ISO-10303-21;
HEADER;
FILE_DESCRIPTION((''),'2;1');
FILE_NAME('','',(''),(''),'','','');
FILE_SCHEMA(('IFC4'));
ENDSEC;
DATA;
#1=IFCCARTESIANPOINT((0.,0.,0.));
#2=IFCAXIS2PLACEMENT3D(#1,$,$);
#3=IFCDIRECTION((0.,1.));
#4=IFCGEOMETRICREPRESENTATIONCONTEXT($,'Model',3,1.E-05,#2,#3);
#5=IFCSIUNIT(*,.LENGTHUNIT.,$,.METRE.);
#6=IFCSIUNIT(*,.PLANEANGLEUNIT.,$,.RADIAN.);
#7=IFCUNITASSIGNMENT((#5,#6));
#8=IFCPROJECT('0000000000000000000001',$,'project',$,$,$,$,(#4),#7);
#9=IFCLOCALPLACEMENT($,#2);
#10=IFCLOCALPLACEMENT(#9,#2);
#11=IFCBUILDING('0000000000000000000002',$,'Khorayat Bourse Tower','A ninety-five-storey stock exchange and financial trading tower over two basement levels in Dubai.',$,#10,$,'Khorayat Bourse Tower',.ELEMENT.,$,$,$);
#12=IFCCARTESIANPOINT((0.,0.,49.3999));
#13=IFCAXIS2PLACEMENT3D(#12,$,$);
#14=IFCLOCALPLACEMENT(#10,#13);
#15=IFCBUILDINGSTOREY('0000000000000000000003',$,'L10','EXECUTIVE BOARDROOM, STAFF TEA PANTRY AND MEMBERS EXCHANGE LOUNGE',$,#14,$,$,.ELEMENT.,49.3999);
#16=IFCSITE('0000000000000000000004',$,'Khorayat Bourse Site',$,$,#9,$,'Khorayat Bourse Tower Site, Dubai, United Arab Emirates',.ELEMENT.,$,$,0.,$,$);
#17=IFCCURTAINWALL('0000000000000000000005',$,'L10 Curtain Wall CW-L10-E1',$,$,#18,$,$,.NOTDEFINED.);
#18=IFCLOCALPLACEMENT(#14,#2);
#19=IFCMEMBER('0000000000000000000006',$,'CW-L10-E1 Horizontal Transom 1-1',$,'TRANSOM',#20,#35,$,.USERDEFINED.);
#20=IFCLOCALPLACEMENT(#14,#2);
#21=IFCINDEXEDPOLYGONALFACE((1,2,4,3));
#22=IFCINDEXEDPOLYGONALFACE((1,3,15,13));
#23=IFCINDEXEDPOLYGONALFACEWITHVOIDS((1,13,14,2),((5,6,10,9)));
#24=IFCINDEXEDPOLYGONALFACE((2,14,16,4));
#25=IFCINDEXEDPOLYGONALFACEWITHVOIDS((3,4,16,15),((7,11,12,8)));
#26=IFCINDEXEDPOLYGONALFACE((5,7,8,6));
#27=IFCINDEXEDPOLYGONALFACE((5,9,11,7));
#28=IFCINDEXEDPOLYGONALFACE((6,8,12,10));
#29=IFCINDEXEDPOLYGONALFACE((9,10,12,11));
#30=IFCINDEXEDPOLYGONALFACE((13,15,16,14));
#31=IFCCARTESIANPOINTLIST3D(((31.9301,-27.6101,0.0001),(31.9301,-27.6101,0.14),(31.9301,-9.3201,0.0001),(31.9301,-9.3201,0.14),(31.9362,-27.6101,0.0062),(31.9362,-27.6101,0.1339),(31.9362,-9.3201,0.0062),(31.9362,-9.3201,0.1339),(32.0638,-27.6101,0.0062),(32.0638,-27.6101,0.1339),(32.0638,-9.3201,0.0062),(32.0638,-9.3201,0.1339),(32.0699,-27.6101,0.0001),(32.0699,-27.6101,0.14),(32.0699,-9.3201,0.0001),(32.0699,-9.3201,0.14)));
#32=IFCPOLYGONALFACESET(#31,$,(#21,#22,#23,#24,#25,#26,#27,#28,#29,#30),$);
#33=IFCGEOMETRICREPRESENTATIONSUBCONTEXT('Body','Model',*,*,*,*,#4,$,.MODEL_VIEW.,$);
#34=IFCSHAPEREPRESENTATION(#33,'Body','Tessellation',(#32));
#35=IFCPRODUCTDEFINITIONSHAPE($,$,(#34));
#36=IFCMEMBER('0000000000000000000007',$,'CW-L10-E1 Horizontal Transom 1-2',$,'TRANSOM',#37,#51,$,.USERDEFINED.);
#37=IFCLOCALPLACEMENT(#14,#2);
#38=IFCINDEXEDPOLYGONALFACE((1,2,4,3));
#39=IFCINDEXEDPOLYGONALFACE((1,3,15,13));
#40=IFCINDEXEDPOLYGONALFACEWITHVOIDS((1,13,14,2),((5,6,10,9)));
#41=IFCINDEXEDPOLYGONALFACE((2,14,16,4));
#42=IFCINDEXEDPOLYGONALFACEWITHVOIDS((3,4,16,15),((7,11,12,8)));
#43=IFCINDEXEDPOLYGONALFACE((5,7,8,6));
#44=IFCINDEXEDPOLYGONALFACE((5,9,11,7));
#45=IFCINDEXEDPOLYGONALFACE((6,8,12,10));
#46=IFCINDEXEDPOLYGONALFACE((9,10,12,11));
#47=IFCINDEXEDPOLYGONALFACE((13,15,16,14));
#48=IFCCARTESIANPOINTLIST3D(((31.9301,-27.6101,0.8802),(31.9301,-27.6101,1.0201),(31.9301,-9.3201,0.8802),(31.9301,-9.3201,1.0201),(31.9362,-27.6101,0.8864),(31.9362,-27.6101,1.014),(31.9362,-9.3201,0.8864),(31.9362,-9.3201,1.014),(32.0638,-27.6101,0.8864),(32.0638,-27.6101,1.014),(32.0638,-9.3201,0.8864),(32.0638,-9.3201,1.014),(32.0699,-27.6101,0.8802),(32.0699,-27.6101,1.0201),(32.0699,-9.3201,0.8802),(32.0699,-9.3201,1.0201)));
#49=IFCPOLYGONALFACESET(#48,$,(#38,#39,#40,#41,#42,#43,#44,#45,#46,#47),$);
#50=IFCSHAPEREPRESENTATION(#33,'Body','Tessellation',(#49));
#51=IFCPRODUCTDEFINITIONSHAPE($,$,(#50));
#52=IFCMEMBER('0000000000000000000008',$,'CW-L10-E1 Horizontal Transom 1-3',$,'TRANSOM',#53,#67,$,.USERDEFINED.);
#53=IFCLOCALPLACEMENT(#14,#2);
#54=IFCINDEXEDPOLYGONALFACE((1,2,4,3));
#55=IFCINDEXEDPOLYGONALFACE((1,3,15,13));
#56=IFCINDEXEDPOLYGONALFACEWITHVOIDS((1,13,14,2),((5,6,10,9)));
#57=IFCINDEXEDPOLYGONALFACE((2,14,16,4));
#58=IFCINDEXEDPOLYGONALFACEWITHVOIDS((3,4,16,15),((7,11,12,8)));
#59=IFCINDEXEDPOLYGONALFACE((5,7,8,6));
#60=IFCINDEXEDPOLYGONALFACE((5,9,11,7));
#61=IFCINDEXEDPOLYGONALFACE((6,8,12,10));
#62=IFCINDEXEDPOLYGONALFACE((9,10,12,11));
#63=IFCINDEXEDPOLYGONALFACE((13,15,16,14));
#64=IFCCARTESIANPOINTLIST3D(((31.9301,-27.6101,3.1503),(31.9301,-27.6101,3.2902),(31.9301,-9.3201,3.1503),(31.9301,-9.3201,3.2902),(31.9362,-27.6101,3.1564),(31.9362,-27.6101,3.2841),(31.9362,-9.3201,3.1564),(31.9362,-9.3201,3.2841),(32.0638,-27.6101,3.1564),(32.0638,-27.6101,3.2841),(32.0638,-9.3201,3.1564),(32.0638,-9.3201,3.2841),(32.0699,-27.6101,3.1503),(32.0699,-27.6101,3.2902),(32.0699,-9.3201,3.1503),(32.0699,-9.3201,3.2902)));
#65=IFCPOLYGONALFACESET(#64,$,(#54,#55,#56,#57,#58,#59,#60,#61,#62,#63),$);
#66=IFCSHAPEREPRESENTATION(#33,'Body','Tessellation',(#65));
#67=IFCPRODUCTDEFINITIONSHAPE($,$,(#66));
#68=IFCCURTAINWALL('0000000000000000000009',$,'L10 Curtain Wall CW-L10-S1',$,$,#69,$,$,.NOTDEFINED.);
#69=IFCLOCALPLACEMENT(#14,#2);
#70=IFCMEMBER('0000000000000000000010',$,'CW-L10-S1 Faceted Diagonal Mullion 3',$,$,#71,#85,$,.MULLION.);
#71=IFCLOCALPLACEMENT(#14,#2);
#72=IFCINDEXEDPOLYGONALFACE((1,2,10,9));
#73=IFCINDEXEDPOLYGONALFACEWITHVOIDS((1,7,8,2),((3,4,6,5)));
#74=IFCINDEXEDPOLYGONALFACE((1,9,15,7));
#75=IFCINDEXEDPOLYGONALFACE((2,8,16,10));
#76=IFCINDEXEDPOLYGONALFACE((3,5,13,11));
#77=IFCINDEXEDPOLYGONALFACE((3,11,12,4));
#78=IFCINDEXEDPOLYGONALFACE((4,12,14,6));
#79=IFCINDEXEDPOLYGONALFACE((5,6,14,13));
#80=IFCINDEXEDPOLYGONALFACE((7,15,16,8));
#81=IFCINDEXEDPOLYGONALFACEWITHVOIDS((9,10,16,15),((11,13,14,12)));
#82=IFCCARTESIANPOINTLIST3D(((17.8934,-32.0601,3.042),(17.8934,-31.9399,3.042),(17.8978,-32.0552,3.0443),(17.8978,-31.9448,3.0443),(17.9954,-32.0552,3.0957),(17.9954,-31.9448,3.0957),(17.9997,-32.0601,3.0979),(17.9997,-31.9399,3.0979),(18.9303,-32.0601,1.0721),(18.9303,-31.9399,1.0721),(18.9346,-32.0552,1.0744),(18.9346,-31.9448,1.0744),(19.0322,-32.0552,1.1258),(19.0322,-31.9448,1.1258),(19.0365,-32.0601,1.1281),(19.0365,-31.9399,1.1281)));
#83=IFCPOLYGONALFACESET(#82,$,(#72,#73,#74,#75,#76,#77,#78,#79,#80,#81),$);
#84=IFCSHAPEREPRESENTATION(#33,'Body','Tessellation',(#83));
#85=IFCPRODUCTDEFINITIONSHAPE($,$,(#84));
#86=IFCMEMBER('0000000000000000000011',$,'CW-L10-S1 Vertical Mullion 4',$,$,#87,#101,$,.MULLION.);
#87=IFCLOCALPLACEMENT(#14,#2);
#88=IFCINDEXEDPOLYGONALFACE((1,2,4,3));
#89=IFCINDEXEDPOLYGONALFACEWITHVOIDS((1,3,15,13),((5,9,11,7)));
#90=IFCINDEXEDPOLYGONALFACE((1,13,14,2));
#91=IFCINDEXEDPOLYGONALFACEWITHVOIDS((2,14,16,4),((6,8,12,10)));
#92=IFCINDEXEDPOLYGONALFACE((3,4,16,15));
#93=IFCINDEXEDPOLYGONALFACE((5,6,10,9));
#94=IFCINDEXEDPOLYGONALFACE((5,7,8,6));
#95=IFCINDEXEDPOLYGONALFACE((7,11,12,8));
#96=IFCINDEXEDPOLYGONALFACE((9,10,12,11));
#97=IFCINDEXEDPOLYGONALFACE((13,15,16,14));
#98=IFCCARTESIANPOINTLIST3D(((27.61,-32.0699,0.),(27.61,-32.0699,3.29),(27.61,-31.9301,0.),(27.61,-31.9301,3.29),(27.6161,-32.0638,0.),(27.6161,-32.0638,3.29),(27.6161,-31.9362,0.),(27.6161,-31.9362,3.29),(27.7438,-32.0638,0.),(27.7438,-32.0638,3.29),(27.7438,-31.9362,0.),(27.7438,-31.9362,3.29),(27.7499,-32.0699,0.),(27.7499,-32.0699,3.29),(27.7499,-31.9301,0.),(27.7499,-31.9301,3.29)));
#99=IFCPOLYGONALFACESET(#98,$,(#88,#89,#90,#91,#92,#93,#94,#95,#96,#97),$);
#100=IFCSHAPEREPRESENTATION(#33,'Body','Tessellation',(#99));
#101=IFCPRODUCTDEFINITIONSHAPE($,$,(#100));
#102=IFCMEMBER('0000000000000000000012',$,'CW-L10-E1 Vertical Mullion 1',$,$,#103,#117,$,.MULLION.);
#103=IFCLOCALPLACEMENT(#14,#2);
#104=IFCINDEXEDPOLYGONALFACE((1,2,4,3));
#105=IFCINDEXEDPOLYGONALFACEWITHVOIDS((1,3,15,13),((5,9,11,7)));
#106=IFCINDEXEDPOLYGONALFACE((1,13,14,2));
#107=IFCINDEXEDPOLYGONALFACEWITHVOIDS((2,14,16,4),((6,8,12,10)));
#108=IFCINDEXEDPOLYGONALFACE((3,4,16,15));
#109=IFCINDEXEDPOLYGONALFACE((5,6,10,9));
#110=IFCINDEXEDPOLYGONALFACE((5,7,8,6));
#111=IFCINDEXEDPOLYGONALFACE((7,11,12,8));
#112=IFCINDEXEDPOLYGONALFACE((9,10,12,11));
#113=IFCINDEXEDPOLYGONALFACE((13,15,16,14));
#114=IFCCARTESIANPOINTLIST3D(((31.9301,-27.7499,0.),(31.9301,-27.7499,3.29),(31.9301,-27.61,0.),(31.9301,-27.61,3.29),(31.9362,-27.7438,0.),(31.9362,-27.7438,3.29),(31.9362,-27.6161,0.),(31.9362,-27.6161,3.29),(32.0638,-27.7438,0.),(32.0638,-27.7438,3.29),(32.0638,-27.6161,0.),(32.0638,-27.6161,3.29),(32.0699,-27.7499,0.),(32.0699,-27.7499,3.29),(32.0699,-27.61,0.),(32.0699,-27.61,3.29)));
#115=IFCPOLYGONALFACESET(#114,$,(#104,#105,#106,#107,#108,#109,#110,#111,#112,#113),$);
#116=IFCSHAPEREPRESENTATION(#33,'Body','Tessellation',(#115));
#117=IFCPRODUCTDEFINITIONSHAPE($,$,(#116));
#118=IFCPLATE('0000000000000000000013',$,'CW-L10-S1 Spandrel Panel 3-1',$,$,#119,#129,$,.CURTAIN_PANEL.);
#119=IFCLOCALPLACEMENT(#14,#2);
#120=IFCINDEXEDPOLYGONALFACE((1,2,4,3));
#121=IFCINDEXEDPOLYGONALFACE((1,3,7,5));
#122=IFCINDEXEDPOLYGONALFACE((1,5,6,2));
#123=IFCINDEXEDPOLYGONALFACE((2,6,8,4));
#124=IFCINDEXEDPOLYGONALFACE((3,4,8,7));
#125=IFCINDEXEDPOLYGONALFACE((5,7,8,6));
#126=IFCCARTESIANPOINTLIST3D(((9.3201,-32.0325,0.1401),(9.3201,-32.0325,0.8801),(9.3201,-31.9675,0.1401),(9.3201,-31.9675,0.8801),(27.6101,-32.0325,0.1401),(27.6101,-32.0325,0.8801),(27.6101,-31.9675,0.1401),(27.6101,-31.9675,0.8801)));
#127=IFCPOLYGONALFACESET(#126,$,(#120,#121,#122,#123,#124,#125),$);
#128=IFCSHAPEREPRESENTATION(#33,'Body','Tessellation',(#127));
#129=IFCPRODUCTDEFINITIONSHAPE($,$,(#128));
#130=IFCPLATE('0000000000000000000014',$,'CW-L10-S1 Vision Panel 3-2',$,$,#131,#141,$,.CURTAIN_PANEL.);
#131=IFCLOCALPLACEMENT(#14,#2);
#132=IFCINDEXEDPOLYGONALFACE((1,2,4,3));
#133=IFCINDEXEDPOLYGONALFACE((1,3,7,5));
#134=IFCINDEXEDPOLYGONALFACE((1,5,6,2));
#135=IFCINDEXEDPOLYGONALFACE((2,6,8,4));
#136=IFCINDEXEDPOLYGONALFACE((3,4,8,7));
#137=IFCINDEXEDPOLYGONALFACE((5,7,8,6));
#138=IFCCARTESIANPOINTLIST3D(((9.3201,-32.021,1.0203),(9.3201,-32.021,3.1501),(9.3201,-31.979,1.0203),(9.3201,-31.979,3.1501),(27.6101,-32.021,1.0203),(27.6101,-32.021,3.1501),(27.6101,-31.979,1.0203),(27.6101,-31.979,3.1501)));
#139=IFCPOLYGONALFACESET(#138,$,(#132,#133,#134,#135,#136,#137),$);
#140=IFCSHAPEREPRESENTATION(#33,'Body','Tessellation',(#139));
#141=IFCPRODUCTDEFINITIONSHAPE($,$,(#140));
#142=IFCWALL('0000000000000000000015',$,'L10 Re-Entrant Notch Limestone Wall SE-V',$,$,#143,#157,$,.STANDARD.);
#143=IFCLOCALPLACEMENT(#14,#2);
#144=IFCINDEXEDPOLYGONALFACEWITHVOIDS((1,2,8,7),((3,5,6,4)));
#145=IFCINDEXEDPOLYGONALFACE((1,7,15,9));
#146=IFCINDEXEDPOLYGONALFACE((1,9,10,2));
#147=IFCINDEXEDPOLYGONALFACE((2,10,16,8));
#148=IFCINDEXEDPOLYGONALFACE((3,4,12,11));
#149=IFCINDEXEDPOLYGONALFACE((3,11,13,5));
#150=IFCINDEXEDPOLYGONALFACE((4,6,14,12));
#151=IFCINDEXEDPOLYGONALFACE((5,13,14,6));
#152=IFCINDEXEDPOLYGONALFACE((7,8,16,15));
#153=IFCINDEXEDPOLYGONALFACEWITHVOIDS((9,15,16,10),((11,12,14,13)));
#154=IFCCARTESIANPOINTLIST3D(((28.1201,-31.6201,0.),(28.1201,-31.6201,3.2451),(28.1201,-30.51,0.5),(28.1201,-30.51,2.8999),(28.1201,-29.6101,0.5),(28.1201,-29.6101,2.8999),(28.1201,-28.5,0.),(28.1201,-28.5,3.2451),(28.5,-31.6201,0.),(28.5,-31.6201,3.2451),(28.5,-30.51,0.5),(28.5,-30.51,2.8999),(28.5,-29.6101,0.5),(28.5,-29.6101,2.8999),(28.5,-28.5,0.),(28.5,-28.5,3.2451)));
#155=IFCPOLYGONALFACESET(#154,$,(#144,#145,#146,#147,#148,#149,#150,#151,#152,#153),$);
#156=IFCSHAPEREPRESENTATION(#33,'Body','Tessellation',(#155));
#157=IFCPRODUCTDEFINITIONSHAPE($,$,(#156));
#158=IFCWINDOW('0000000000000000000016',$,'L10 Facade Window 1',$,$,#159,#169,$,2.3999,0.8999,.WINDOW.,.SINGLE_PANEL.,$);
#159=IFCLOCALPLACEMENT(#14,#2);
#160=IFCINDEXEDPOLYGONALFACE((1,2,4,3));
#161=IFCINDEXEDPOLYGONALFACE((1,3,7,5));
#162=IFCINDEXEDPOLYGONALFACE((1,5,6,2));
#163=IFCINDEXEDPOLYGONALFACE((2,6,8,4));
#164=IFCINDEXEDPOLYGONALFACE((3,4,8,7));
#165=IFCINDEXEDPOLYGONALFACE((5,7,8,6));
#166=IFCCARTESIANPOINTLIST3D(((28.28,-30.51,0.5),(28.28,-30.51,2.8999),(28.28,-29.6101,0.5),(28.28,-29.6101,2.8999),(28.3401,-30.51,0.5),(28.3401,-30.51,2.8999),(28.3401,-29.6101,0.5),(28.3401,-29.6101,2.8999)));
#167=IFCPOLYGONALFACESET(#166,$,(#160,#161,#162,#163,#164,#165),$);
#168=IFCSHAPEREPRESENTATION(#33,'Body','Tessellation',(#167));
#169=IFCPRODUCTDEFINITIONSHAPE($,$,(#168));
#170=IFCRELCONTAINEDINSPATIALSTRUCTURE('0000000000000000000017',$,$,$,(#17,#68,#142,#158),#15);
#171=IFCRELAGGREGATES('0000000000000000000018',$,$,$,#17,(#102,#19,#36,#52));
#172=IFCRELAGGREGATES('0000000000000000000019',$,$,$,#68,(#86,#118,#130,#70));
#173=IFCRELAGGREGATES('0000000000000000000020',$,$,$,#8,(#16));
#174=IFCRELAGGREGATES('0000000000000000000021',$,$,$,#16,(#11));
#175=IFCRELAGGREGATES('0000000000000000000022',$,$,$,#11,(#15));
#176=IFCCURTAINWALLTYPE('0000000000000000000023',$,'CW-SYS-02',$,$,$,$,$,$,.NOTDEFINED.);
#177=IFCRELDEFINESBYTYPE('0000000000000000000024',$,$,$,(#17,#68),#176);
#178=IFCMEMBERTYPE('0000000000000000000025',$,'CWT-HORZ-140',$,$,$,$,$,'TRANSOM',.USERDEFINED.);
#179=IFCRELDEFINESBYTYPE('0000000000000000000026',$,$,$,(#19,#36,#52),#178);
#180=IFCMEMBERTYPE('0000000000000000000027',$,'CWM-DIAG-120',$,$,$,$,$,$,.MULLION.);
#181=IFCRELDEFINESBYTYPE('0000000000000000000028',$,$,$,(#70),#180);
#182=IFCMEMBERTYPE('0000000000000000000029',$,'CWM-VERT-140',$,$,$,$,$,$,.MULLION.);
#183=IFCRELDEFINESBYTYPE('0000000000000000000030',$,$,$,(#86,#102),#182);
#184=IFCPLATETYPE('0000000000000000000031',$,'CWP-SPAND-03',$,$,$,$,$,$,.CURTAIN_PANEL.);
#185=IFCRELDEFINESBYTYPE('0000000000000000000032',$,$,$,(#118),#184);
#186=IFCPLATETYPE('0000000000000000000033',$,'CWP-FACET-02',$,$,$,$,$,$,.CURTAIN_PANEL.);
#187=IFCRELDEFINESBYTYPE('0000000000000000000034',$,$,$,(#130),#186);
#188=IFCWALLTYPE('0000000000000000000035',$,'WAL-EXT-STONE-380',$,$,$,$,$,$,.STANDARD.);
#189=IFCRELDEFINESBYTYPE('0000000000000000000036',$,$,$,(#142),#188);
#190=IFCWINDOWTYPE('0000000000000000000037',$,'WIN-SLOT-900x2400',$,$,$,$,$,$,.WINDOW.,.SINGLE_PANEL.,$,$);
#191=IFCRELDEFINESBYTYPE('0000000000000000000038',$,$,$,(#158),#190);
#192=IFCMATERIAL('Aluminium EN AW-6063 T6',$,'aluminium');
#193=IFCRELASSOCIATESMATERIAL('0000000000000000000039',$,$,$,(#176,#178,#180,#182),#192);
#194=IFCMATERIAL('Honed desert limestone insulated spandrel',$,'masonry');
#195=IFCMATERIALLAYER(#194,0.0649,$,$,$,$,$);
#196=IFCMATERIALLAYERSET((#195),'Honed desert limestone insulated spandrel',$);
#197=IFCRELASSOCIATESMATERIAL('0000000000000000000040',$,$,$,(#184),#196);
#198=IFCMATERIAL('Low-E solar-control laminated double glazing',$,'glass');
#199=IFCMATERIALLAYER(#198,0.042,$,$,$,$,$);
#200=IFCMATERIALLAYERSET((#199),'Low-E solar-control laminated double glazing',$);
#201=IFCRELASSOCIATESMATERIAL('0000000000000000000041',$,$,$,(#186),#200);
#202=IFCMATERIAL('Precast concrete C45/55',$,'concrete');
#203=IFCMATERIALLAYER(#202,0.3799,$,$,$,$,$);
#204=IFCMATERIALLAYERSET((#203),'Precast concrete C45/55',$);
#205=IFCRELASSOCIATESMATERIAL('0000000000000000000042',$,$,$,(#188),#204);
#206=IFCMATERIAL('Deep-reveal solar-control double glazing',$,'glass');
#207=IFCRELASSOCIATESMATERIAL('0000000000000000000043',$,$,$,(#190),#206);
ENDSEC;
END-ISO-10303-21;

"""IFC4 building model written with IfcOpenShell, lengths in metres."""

from ifc_helpers import new_model, si_unit, direction, frame, frame_2d, origin, origin_2d, place, context, subcontext, project, spatial, rectangle, hollow_rectangle, extrude, source, transform, mapped, material, layer, layer_set, material_profile, profile_set, type_object, element, fill, aggregate, save


model = new_model("IFC4")

# Units and contexts
model_context = context("Model", 3, precision=1e-05, world=origin(), true_north=direction((0.0, 1.0)))
body_context = subcontext(model_context, "Body", "Model", "MODEL_VIEW")
ifc_project = project(units=[si_unit("LENGTHUNIT", "METRE"), si_unit("PLANEANGLEUNIT", "RADIAN")], contexts=[model_context])

# Site, building, storey
site_placement = place(None, origin())
site = spatial("IfcSite", under=ifc_project, at=site_placement, Name="Khorayat Bourse Site", LongName="Khorayat Bourse Tower Site, Dubai, United Arab Emirates", CompositionType="ELEMENT", RefElevation=0.0)
building_placement = place(site_placement, origin())
building = spatial("IfcBuilding", under=site, at=building_placement, Name="Khorayat Bourse Tower", Description="A ninety-five-storey stock exchange and financial trading tower over two basement levels in Dubai.", LongName="Khorayat Bourse Tower", CompositionType="ELEMENT")
storey_placement = place(building_placement, frame((0.0, 0.0, 49.3999)))
storey = spatial("IfcBuildingStorey", under=building, at=storey_placement, Name="L10", Description="EXECUTIVE BOARDROOM, STAFF TEA PANTRY AND MEMBERS EXCHANGE LOUNGE", CompositionType="ELEMENT", Elevation=49.3999)

# Curtain walls, members
ifc_material_1 = material(Name="Aluminium EN AW-6063 T6", Category="aluminium")
curtain_wall_type = type_object("IfcCurtainWallType", Name="CW-SYS-02", PredefinedType="NOTDEFINED", material=ifc_material_1)
curtain_wall_1_placement = place(storey_placement, origin())
curtain_wall_1 = element("IfcCurtainWall", 1, at=curtain_wall_1_placement, inside=storey, type_object=curtain_wall_type, Name="L10 Curtain Wall CW-L10-E1", PredefinedType="NOTDEFINED")
ifc_material_profile_1 = material_profile(ifc_material_1, hollow_rectangle(XDim=0.1399, YDim=0.1399, WallThickness=0.0061, at=origin_2d()), Name="ALU 140x140x6")
ifc_profile_set_1 = profile_set([ifc_material_profile_1], Name="Aluminium EN AW-6063 T6")
member_type_1 = type_object("IfcMemberType", Name="CWT-HORZ-140", ElementType="TRANSOM", PredefinedType="USERDEFINED", material=ifc_profile_set_1)
shared_shape_1 = source(origin(), body_context, "Body", "SweptSolid", [
    extrude(hollow_rectangle(XDim=0.1399, YDim=0.1399, WallThickness=0.0061, at=origin_2d()), origin(), (0.0, 0.0, 1.0), 18.29),
])
member_1_placement = place(storey_placement, frame((32.0, -27.6101, 0.0701), z_axis=(0.0, 1.0, 0.0), x_axis=(-1.0, 0.0, 0.0)))
member_1 = element("IfcMember", 2, at=member_1_placement, type_object=member_type_1, Name="CW-L10-E1 Horizontal Transom 1-1", ObjectType="TRANSOM", PredefinedType="USERDEFINED", context=body_context, shape_type="MappedRepresentation", body=[
    mapped(shared_shape_1, transform((0.0, 0.0, 0.0), scale=1.0)),
])
member_2_placement = place(storey_placement, frame((32.0, -27.6101, 0.9502), z_axis=(0.0, 1.0, 0.0), x_axis=(-1.0, 0.0, 0.0)))
member_2 = element("IfcMember", 3, at=member_2_placement, type_object=member_type_1, Name="CW-L10-E1 Horizontal Transom 1-2", ObjectType="TRANSOM", PredefinedType="USERDEFINED", context=body_context, shape_type="MappedRepresentation", body=[
    mapped(shared_shape_1, transform((0.0, 0.0, 0.0), scale=1.0)),
])
member_3_placement = place(storey_placement, frame((32.0, -27.6101, 3.2202), z_axis=(0.0, 1.0, 0.0), x_axis=(-1.0, 0.0, 0.0)))
member_3 = element("IfcMember", 4, at=member_3_placement, type_object=member_type_1, Name="CW-L10-E1 Horizontal Transom 1-3", ObjectType="TRANSOM", PredefinedType="USERDEFINED", context=body_context, shape_type="MappedRepresentation", body=[
    mapped(shared_shape_1, transform((0.0, 0.0, 0.0), scale=1.0)),
])
curtain_wall_2_placement = place(storey_placement, origin())
curtain_wall_2 = element("IfcCurtainWall", 5, at=curtain_wall_2_placement, inside=storey, type_object=curtain_wall_type, Name="L10 Curtain Wall CW-L10-S1", PredefinedType="NOTDEFINED")
ifc_material_profile_2 = material_profile(ifc_material_1, hollow_rectangle(XDim=0.1201, YDim=0.1201, WallThickness=0.0049, at=origin_2d()), Name="ALU 120x120x5")
ifc_profile_set_2 = profile_set([ifc_material_profile_2], Name="Aluminium EN AW-6063 T6")
member_type_2 = type_object("IfcMemberType", Name="CWM-DIAG-120", PredefinedType="MULLION", material=ifc_profile_set_2)
shared_shape_2 = source(origin(), body_context, "Body", "SweptSolid", [
    extrude(hollow_rectangle(XDim=0.1201, YDim=0.1201, WallThickness=0.0049, at=origin_2d()), origin(), (0.0, 0.0, 1.0), 2.2261),
])
member_4_placement = place(storey_placement, frame((18.9834, -32.0, 1.1001), z_axis=(-0.46576, 0.0, 0.884911), x_axis=(0.0, -1.0, 0.0)))
member_4 = element("IfcMember", 6, at=member_4_placement, type_object=member_type_2, Name="CW-L10-S1 Faceted Diagonal Mullion 3", PredefinedType="MULLION", context=body_context, shape_type="MappedRepresentation", body=[
    mapped(shared_shape_2, transform((0.0, 0.0, 0.0), scale=1.0)),
])
ifc_material_profile_3 = material_profile(ifc_material_1, hollow_rectangle(XDim=0.1399, YDim=0.1399, WallThickness=0.0061, at=origin_2d()), Name="ALU 140x140x6")
ifc_profile_set_3 = profile_set([ifc_material_profile_3], Name="Aluminium EN AW-6063 T6")
member_type_3 = type_object("IfcMemberType", Name="CWM-VERT-140", PredefinedType="MULLION", material=ifc_profile_set_3)
shared_shape_3 = source(origin(), body_context, "Body", "SweptSolid", [
    extrude(hollow_rectangle(XDim=0.1399, YDim=0.1399, WallThickness=0.0061, at=origin_2d()), origin(), (0.0, 0.0, 1.0), 3.29),
])
member_5_placement = place(storey_placement, frame((27.6799, -32.0, 0.0), z_axis=(0.0, 0.0, 1.0), x_axis=(0.0, 1.0, 0.0)))
member_5 = element("IfcMember", 7, at=member_5_placement, type_object=member_type_3, Name="CW-L10-S1 Vertical Mullion 4", PredefinedType="MULLION", context=body_context, shape_type="MappedRepresentation", body=[
    mapped(shared_shape_3, transform((0.0, 0.0, 0.0), scale=1.0)),
])

# Member
member_6_placement = place(storey_placement, frame((32.0, -27.6799, 0.0), z_axis=(0.0, 0.0, 1.0), x_axis=(-1.0, 0.0, 0.0)))
member_6 = element("IfcMember", 8, at=member_6_placement, type_object=member_type_3, Name="CW-L10-E1 Vertical Mullion 1", PredefinedType="MULLION", context=body_context, shape_type="MappedRepresentation", body=[
    mapped(shared_shape_3, transform((0.0, 0.0, 0.0), scale=1.0)),
])
aggregate(curtain_wall_1, [member_6, member_1, member_2, member_3])

# Plates
ifc_material_2 = material(Name="Honed desert limestone insulated spandrel", Category="masonry")
ifc_layer_1 = layer(ifc_material_2, 0.0649)
ifc_layer_set_1 = layer_set([ifc_layer_1], Name="Honed desert limestone insulated spandrel")
plate_type_1 = type_object("IfcPlateType", Name="CWP-SPAND-03", PredefinedType="CURTAIN_PANEL", material=ifc_layer_set_1)
shared_shape_4 = source(origin(), body_context, "Body", "SweptSolid", [
    extrude(rectangle(XDim=18.29, YDim=0.0649, at=origin_2d()), origin(), (0.0, 0.0, 1.0), 0.74),
])
plate_1_placement = place(storey_placement, frame((18.4651, -32.0, 0.1401), z_axis=(0.0, 0.0, 1.0), x_axis=(1.0, 0.0, 0.0)))
plate_1 = element("IfcPlate", 9, at=plate_1_placement, type_object=plate_type_1, Name="CW-L10-S1 Spandrel Panel 3-1", PredefinedType="CURTAIN_PANEL", context=body_context, shape_type="MappedRepresentation", body=[
    mapped(shared_shape_4, transform((0.0, 0.0, 0.0), scale=1.0)),
])
ifc_material_3 = material(Name="Low-E solar-control laminated double glazing", Category="glass")
ifc_layer_2 = layer(ifc_material_3, 0.042)
ifc_layer_set_2 = layer_set([ifc_layer_2], Name="Low-E solar-control laminated double glazing")
plate_type_2 = type_object("IfcPlateType", Name="CWP-FACET-02", PredefinedType="CURTAIN_PANEL", material=ifc_layer_set_2)
shared_shape_5 = source(origin(), body_context, "Body", "SweptSolid", [
    extrude(rectangle(XDim=18.29, YDim=0.042, at=origin_2d()), origin(), (0.0, 0.0, 1.0), 2.1299),
])
plate_2_placement = place(storey_placement, frame((18.4651, -32.0, 1.0203), z_axis=(0.0, 0.0, 1.0), x_axis=(1.0, 0.0, 0.0)))
plate_2 = element("IfcPlate", 10, at=plate_2_placement, type_object=plate_type_2, Name="CW-L10-S1 Vision Panel 3-2", PredefinedType="CURTAIN_PANEL", context=body_context, shape_type="MappedRepresentation", body=[
    mapped(shared_shape_5, transform((0.0, 0.0, 0.0), scale=1.0)),
])
aggregate(curtain_wall_2, [member_5, plate_1, plate_2, member_4])

# Wall, opening, window
ifc_material_4 = material(Name="Precast concrete C45/55", Category="concrete")
ifc_layer_3 = layer(ifc_material_4, 0.3799)
ifc_layer_set_3 = layer_set([ifc_layer_3], Name="Precast concrete C45/55")
wall_type_1 = type_object("IfcWallType", Name="WAL-EXT-STONE-380", PredefinedType="STANDARD", material=ifc_layer_set_3)
shared_shape_6 = source(origin(), body_context, "Body", "SweptSolid", [
    extrude(rectangle(XDim=3.1201, YDim=0.3799, at=frame_2d((1.5601, 0.0))), origin(), (0.0, 0.0, 1.0), 3.2451),
])
wall_1_placement = place(storey_placement, frame((28.3101, -31.6201, 0.0), z_axis=(0.0, 0.0, 1.0), x_axis=(0.0, 1.0, 0.0)))
wall_1 = element("IfcWall", 11, at=wall_1_placement, inside=storey, type_object=wall_type_1, Name="L10 Re-Entrant Notch Limestone Wall SE-V", PredefinedType="STANDARD", context=body_context, shape_type="MappedRepresentation", body=[
    mapped(shared_shape_6, transform((0.0, 0.0, 0.0), scale=1.0)),
])
shared_shape_7 = source(origin(), body_context, "Body", "SweptSolid", [
    extrude(rectangle(XDim=0.8999, YDim=2.3999, at=frame_2d((0.45, 1.2))), frame((0.0, 0.2, 0.0), z_axis=(0.0, -1.0, 0.0), x_axis=(1.0, 0.0, 0.0)), (0.0, 0.0, 1.0), 0.3999),
])
opening_1_placement = place(wall_1_placement, frame((1.1101, 0.0, 0.5)))
opening_1 = element("IfcOpeningElement", 12, at=opening_1_placement, cuts=wall_1, PredefinedType="OPENING", context=body_context, shape_type="MappedRepresentation", body=[
    mapped(shared_shape_7, transform((0.0, 0.0, 0.0), scale=1.0)),
])
ifc_material_5 = material(Name="Deep-reveal solar-control double glazing", Category="glass")
window_type = type_object("IfcWindowType", Name="WIN-SLOT-900x2400", PartitioningType="SINGLE_PANEL", PredefinedType="WINDOW", material=ifc_material_5)
shared_shape_8 = source(origin(), body_context, "Body", "SweptSolid", [
    extrude(rectangle(XDim=0.8999, YDim=2.3999, at=frame_2d((0.45, 1.2))), frame((0.0, 0.03, 0.0), z_axis=(0.0, -1.0, 0.0), x_axis=(1.0, 0.0, 0.0)), (0.0, 0.0, 1.0), 0.0601),
])
window_1_placement = place(opening_1_placement, origin())
window_1 = element("IfcWindow", 13, at=window_1_placement, inside=storey, type_object=window_type, Name="L10 Facade Window 1", OverallHeight=2.3999, OverallWidth=0.8999, PartitioningType="SINGLE_PANEL", PredefinedType="WINDOW", context=body_context, shape_type="MappedRepresentation", body=[
    mapped(shared_shape_8, transform((0.0, 0.0, 0.0), scale=1.0)),
])
fill(opening_1, window_1)

save(model, "model.ifc")
